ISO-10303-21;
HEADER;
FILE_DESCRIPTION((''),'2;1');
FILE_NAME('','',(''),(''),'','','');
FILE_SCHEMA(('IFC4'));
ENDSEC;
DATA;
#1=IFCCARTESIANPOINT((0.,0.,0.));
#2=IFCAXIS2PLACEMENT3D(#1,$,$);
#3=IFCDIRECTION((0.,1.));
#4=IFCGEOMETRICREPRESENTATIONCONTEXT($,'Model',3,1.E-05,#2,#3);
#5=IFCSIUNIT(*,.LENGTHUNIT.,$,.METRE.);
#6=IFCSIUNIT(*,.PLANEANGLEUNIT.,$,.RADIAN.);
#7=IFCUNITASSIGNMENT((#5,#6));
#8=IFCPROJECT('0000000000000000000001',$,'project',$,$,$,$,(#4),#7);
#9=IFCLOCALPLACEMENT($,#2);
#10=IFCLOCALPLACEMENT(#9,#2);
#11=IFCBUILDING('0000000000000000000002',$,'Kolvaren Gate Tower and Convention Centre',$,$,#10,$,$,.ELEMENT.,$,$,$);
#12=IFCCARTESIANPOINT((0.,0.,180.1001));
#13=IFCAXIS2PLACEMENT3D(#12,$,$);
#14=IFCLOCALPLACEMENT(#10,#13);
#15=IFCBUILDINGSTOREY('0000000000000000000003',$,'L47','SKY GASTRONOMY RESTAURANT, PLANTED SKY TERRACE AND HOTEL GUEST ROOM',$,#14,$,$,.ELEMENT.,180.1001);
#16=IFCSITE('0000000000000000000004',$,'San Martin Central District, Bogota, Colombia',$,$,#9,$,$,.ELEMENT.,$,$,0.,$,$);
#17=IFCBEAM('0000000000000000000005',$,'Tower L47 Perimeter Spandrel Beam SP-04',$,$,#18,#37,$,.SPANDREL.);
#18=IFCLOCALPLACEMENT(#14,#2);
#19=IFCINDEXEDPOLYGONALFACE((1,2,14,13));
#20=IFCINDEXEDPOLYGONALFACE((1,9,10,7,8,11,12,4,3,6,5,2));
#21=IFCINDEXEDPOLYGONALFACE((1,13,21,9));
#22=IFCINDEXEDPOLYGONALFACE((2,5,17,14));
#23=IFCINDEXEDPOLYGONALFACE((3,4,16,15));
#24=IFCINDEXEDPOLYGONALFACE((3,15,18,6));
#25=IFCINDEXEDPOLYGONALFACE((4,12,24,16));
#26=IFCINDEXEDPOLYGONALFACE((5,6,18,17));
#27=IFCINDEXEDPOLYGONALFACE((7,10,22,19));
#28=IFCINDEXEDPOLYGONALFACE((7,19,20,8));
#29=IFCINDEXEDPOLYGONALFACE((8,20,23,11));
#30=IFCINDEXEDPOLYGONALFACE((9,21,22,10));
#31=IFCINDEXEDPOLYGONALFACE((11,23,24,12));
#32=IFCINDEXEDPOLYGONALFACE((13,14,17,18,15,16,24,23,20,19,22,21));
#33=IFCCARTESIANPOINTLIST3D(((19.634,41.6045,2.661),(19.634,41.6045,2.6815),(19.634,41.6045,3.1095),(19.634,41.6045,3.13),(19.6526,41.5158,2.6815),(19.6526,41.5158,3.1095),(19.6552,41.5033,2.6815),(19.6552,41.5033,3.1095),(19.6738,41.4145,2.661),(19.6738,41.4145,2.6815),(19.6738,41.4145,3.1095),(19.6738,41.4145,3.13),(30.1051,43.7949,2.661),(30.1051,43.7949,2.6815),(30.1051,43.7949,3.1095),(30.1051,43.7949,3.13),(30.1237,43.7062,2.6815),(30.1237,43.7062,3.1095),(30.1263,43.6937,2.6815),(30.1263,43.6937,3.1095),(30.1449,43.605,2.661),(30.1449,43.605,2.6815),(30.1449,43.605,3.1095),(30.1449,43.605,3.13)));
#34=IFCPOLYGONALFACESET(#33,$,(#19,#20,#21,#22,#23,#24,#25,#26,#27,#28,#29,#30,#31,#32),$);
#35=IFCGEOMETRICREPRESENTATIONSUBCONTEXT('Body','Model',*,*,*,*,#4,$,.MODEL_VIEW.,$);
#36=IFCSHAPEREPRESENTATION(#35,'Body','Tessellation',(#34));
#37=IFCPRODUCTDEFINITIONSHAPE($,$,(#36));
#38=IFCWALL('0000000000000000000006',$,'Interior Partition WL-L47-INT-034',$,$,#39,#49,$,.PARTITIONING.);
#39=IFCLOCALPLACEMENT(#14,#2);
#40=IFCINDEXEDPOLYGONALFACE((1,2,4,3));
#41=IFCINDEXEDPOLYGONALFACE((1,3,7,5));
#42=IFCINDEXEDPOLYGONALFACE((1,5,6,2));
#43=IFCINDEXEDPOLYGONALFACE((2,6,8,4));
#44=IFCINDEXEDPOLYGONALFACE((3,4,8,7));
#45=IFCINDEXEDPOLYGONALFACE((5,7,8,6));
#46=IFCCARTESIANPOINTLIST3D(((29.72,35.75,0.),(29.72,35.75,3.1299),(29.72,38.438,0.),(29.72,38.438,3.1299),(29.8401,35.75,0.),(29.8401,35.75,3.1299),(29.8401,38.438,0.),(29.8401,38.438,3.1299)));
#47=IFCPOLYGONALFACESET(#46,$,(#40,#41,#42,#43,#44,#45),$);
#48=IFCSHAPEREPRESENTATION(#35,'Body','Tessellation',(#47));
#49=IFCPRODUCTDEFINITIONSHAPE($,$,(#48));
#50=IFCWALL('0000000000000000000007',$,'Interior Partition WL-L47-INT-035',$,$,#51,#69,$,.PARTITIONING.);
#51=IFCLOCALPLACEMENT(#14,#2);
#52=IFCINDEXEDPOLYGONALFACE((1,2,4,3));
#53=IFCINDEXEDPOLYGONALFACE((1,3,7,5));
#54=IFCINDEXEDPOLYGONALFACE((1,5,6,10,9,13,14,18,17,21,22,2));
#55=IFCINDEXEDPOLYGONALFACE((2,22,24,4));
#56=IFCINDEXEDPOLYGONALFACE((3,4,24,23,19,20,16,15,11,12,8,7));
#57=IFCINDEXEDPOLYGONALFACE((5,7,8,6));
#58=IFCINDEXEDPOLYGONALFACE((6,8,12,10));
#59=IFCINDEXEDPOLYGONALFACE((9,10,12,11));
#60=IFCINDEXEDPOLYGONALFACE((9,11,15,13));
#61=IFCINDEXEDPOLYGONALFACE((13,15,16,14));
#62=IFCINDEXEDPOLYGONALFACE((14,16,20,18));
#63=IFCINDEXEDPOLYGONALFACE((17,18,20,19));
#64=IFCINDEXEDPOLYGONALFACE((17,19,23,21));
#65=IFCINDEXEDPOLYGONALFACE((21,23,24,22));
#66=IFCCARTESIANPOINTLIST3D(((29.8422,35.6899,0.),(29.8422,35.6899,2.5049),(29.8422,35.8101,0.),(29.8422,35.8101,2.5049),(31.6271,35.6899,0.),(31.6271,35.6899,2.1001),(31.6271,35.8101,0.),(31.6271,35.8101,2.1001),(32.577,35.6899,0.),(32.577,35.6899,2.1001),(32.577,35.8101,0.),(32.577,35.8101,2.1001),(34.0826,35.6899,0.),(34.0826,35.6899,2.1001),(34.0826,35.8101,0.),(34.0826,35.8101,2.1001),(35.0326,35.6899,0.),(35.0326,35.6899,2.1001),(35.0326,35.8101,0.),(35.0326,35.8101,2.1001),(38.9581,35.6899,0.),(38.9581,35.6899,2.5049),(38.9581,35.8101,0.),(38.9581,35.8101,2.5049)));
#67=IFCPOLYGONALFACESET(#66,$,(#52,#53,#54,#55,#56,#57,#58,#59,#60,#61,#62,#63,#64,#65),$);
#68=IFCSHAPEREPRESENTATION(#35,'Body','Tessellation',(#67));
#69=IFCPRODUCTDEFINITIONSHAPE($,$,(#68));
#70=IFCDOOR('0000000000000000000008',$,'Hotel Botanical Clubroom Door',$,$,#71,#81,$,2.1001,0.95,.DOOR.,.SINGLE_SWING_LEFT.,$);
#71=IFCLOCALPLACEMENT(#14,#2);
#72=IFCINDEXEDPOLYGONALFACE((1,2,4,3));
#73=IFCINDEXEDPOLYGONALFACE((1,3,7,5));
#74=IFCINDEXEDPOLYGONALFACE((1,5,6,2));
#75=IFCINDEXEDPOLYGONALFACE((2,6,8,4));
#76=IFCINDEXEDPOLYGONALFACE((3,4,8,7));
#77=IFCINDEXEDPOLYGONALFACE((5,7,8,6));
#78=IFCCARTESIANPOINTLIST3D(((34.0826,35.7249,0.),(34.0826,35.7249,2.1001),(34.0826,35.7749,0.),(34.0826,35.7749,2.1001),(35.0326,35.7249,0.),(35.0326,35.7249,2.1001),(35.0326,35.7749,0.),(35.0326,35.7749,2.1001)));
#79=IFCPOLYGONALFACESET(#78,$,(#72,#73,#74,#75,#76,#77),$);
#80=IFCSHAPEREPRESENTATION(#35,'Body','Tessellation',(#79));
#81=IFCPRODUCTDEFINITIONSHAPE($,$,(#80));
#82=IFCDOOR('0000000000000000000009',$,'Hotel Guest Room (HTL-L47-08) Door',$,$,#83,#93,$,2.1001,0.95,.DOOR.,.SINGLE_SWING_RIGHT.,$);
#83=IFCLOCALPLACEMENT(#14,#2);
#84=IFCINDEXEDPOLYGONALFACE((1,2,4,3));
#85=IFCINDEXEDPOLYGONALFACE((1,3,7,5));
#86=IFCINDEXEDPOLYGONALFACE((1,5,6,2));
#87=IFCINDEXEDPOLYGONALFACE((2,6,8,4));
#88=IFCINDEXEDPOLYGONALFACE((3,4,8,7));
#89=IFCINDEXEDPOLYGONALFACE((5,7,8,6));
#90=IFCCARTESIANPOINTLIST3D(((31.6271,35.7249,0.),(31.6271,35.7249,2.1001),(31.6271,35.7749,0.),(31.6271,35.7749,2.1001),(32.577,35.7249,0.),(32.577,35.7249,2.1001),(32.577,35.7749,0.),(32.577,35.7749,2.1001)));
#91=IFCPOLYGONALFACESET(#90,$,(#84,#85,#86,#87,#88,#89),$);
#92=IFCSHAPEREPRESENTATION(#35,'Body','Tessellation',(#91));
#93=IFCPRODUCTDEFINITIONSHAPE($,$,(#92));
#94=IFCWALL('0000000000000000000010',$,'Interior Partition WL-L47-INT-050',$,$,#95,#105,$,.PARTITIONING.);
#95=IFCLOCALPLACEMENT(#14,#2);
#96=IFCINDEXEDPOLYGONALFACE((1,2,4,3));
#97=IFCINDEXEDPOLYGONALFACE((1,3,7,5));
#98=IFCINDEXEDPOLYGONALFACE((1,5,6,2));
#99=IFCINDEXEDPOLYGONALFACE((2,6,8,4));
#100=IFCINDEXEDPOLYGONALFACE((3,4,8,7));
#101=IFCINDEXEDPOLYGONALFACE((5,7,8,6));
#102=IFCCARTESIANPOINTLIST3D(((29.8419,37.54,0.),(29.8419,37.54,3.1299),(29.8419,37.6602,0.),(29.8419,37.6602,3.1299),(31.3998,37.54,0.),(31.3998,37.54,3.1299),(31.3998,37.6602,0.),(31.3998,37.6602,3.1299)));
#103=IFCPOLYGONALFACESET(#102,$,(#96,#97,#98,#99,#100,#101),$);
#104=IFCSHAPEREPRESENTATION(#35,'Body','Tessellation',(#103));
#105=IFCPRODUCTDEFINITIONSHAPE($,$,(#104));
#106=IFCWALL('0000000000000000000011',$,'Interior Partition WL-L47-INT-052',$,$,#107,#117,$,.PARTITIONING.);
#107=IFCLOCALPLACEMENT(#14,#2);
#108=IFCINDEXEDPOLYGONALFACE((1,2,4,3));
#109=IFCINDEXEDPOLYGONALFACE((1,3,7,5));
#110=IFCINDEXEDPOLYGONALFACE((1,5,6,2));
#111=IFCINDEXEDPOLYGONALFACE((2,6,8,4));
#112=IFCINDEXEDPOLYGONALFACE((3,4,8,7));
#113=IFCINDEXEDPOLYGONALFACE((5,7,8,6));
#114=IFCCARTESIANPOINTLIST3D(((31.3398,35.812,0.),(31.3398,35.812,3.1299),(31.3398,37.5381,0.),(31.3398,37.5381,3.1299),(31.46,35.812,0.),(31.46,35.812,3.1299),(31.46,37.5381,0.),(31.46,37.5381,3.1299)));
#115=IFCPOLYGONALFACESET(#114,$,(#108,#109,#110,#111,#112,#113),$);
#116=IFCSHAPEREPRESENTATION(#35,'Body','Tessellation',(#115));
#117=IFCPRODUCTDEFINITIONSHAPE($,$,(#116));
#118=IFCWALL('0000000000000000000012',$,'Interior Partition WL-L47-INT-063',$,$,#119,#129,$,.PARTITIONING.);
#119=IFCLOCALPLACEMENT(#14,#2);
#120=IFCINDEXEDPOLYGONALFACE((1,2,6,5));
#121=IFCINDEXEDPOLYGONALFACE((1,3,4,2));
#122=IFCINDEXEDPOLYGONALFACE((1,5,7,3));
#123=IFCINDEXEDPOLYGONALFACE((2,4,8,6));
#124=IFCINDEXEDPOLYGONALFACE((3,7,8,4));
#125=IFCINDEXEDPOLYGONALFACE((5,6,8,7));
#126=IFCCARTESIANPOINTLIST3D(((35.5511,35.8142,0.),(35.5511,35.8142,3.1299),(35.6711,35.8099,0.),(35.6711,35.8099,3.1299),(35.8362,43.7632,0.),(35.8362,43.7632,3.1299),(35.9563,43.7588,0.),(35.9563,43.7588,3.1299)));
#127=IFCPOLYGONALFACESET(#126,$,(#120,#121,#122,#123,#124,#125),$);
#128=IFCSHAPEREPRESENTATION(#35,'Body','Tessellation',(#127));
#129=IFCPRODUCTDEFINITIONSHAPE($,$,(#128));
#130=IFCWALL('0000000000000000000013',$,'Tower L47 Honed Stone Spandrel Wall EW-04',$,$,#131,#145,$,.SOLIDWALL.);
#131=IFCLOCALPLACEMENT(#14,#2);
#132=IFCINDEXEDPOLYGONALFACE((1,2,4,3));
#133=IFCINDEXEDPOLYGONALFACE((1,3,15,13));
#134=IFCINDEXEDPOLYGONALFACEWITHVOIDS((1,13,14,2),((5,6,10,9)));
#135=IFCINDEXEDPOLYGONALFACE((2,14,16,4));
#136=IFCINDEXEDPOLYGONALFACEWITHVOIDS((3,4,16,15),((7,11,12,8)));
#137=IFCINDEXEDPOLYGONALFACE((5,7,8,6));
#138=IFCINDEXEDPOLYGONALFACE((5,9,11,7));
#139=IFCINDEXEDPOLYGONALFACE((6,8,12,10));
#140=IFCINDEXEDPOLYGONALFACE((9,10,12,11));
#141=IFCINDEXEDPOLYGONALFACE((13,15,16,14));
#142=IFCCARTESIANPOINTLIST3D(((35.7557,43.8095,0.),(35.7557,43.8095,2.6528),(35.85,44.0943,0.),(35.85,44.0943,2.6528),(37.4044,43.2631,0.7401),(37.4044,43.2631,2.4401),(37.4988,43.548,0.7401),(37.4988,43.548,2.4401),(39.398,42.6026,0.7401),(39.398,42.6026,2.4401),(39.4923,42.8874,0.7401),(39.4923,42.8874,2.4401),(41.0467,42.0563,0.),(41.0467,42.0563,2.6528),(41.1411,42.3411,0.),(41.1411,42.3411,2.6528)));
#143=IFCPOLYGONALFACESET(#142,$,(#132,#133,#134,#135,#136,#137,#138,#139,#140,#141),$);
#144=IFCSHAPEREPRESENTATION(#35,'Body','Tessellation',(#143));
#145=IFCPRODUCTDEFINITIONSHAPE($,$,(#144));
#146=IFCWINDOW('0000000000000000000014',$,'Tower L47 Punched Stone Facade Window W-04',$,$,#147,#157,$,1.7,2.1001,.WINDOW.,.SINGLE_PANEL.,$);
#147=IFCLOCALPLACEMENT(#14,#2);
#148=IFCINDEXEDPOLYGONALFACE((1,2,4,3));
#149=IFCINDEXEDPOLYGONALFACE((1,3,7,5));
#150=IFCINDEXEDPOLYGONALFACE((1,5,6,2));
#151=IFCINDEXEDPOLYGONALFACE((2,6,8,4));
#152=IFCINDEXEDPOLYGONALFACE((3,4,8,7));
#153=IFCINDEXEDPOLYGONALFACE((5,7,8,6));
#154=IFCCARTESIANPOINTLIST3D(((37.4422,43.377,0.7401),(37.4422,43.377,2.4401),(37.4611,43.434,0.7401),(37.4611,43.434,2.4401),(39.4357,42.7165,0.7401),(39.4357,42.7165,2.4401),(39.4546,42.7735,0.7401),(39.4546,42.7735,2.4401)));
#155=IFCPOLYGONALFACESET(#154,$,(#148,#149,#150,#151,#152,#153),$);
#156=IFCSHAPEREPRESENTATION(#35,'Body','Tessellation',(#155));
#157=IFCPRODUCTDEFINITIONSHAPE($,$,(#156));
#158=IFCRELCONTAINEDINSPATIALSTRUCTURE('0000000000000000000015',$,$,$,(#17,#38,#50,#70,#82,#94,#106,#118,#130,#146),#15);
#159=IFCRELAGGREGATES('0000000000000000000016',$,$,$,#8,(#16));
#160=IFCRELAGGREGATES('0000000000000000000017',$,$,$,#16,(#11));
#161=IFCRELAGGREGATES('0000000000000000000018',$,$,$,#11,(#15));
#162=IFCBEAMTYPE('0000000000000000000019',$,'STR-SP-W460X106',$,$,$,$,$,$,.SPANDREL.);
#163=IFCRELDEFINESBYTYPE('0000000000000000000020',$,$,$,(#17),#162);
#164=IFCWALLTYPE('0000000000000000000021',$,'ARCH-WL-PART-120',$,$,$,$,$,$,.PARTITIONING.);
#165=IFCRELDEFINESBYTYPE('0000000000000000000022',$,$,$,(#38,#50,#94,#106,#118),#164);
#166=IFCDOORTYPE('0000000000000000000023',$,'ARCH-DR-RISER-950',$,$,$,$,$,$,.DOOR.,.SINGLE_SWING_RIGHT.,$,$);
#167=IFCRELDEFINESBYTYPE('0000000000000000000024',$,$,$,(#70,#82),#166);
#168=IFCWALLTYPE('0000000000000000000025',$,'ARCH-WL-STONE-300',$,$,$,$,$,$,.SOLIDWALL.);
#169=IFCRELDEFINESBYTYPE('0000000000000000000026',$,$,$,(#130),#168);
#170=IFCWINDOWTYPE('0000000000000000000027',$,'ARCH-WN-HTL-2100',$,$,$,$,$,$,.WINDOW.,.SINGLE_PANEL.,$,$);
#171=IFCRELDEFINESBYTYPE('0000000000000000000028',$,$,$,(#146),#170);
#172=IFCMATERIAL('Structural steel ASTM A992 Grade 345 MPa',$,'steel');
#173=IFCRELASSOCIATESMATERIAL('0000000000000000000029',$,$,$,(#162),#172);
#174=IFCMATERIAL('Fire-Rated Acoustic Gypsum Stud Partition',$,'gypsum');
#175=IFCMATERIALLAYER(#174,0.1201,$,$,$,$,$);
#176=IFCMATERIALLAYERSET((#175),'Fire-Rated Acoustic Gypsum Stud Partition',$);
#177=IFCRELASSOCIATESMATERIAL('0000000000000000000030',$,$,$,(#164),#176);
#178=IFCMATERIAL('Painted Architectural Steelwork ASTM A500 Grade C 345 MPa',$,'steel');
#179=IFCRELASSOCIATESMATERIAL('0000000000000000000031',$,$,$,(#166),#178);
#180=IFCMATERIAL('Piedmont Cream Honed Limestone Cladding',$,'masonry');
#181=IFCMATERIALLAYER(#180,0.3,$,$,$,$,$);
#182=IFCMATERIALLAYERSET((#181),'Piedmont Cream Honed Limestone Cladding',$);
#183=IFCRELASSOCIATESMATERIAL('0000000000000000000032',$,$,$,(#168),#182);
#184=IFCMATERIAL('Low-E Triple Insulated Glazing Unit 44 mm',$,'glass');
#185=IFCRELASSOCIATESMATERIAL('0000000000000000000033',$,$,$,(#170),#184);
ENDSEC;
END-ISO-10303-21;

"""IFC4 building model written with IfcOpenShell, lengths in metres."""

from ifc_helpers import new_model, si_unit, direction, frame, frame_2d, origin, origin_2d, place, context, subcontext, project, spatial, rectangle, i_section, extrude, material, layer, layer_set, material_profile, profile_set, type_object, element, fill, save


model = new_model("IFC4")

# Units and contexts
model_context = context("Model", 3, precision=1e-05, world=origin(), true_north=direction((0.0, 1.0)))
body_context = subcontext(model_context, "Body", "Model", "MODEL_VIEW")
ifc_project = project(units=[si_unit("LENGTHUNIT", "METRE"), si_unit("PLANEANGLEUNIT", "RADIAN")], contexts=[model_context])

# Site, building, storey
site_placement = place(None, origin())
site = spatial("IfcSite", under=ifc_project, at=site_placement, Name="San Martin Central District, Bogota, Colombia", CompositionType="ELEMENT", RefElevation=0.0)
building_placement = place(site_placement, origin())
building = spatial("IfcBuilding", under=site, at=building_placement, Name="Kolvaren Gate Tower and Convention Centre", CompositionType="ELEMENT")
storey_placement = place(building_placement, frame((0.0, 0.0, 180.1001)))
storey = spatial("IfcBuildingStorey", under=building, at=storey_placement, Name="L47", Description="SKY GASTRONOMY RESTAURANT, PLANTED SKY TERRACE AND HOTEL GUEST ROOM", CompositionType="ELEMENT", Elevation=180.1001)

# Beam
ifc_material_1 = material(Name="Structural steel ASTM A992 Grade 345 MPa", Category="steel")
ifc_material_profile_1 = material_profile(ifc_material_1, i_section(OverallWidth=0.1941, OverallDepth=0.469, WebThickness=0.0127, FlangeThickness=0.0205, at=origin_2d()), Name="W460X106")
ifc_profile_set_1 = profile_set([ifc_material_profile_1], Name="Structural steel ASTM A992 Grade 345 MPa")
beam_type_1 = type_object("IfcBeamType", Name="STR-SP-W460X106", PredefinedType="SPANDREL", material=ifc_profile_set_1)
beam_1_placement = place(storey_placement, frame((30.125, 43.7, 2.8955), z_axis=(-0.978813, -0.204754, 0.0), x_axis=(0.204754, -0.978813, 0.0)))
element("IfcBeam", 1, at=beam_1_placement, inside=storey, type_object=beam_type_1, Name="Tower L47 Perimeter Spandrel Beam SP-04", PredefinedType="SPANDREL", context=body_context, shape_type="SweptSolid", body=[
    extrude(i_section(OverallWidth=0.1941, OverallDepth=0.469, WebThickness=0.0127, FlangeThickness=0.0205, at=origin_2d()), origin(), (0.0, 0.0, 1.0), 10.6978),
])

# Wall
ifc_material_2 = material(Name="Fire-Rated Acoustic Gypsum Stud Partition", Category="gypsum")
ifc_layer_1 = layer(ifc_material_2, 0.1201)
ifc_layer_set_1 = layer_set([ifc_layer_1], Name="Fire-Rated Acoustic Gypsum Stud Partition")
wall_type_1 = type_object("IfcWallType", Name="ARCH-WL-PART-120", PredefinedType="PARTITIONING", material=ifc_layer_set_1)
wall_1_placement = place(storey_placement, frame((29.78, 35.75, 0.0), z_axis=(0.0, 0.0, 1.0), x_axis=(0.0, 1.0, 0.0)))
element("IfcWall", 2, at=wall_1_placement, inside=storey, type_object=wall_type_1, Name="Interior Partition WL-L47-INT-034", PredefinedType="PARTITIONING", context=body_context, shape_type="SweptSolid", body=[
    extrude(rectangle(XDim=2.688, YDim=0.1201, at=frame_2d((1.344, 0.0))), origin(), (0.0, 0.0, 1.0), 3.1299),
])

# Wall, openings, doors
wall_2_placement = place(storey_placement, frame((29.842, 35.75, 0.0), z_axis=(0.0, 0.0, 1.0), x_axis=(1.0, 0.0, 0.0)))
wall_2 = element("IfcWall", 3, at=wall_2_placement, inside=storey, type_object=wall_type_1, Name="Interior Partition WL-L47-INT-035", PredefinedType="PARTITIONING", context=body_context, shape_type="SweptSolid", body=[
    extrude(rectangle(XDim=9.116, YDim=0.1201, at=frame_2d((4.5581, 0.0))), origin(), (0.0, 0.0, 1.0), 2.5049),
])
opening_1_placement = place(wall_2_placement, frame((4.2405, 0.0, 0.0)))
opening_1 = element("IfcOpeningElement", 4, at=opening_1_placement, cuts=wall_2, PredefinedType="OPENING", context=body_context, shape_type="SweptSolid", body=[
    extrude(rectangle(XDim=0.95, YDim=2.1001, at=frame_2d((0.4751, 1.05))), frame((0.0, 0.0701, 0.0), z_axis=(0.0, -1.0, 0.0), x_axis=(1.0, 0.0, 0.0)), (0.0, 0.0, 1.0), 0.1401),
])
opening_2_placement = place(wall_2_placement, frame((1.7849, 0.0, 0.0)))
opening_2 = element("IfcOpeningElement", 5, at=opening_2_placement, cuts=wall_2, PredefinedType="OPENING", context=body_context, shape_type="SweptSolid", body=[
    extrude(rectangle(XDim=0.95, YDim=2.1001, at=frame_2d((0.4751, 1.05))), frame((0.0, 0.0701, 0.0), z_axis=(0.0, -1.0, 0.0), x_axis=(1.0, 0.0, 0.0)), (0.0, 0.0, 1.0), 0.1401),
])
ifc_material_3 = material(Name="Painted Architectural Steelwork ASTM A500 Grade C 345 MPa", Category="steel")
door_type = type_object("IfcDoorType", Name="ARCH-DR-RISER-950", OperationType="SINGLE_SWING_RIGHT", PredefinedType="DOOR", material=ifc_material_3)
door_1_placement = place(opening_1_placement, origin())
door_1 = element("IfcDoor", 6, at=door_1_placement, inside=storey, type_object=door_type, Name="Hotel Botanical Clubroom Door", OperationType="SINGLE_SWING_LEFT", OverallHeight=2.1001, OverallWidth=0.95, PredefinedType="DOOR", context=body_context, shape_type="SweptSolid", body=[
    extrude(rectangle(XDim=0.95, YDim=2.1001, at=frame_2d((0.4751, 1.05))), frame((0.0, 0.0249, 0.0), z_axis=(0.0, -1.0, 0.0), x_axis=(1.0, 0.0, 0.0)), (0.0, 0.0, 1.0), 0.05),
])
fill(opening_1, door_1)
door_2_placement = place(opening_2_placement, origin())
door_2 = element("IfcDoor", 7, at=door_2_placement, inside=storey, type_object=door_type, Name="Hotel Guest Room (HTL-L47-08) Door", OperationType="SINGLE_SWING_RIGHT", OverallHeight=2.1001, OverallWidth=0.95, PredefinedType="DOOR", context=body_context, shape_type="SweptSolid", body=[
    extrude(rectangle(XDim=0.95, YDim=2.1001, at=frame_2d((0.4751, 1.05))), frame((0.0, 0.0249, 0.0), z_axis=(0.0, -1.0, 0.0), x_axis=(1.0, 0.0, 0.0)), (0.0, 0.0, 1.0), 0.05),
])
fill(opening_2, door_2)

# Walls
wall_3_placement = place(storey_placement, frame((29.842, 37.6001, 0.0), z_axis=(0.0, 0.0, 1.0), x_axis=(1.0, 0.0, 0.0)))
element("IfcWall", 8, at=wall_3_placement, inside=storey, type_object=wall_type_1, Name="Interior Partition WL-L47-INT-050", PredefinedType="PARTITIONING", context=body_context, shape_type="SweptSolid", body=[
    extrude(rectangle(XDim=1.5579, YDim=0.1201, at=frame_2d((0.7788, 0.0))), origin(), (0.0, 0.0, 1.0), 3.1299),
])
wall_4_placement = place(storey_placement, frame((31.3999, 35.812, 0.0), z_axis=(0.0, 0.0, 1.0), x_axis=(0.0, 1.0, 0.0)))
element("IfcWall", 9, at=wall_4_placement, inside=storey, type_object=wall_type_1, Name="Interior Partition WL-L47-INT-052", PredefinedType="PARTITIONING", context=body_context, shape_type="SweptSolid", body=[
    extrude(rectangle(XDim=1.7261, YDim=0.1201, at=frame_2d((0.863, 0.0))), origin(), (0.0, 0.0, 1.0), 3.1299),
])
wall_5_placement = place(storey_placement, frame((35.6111, 35.812, 0.0), z_axis=(0.0, 0.0, 1.0), x_axis=(0.03585, 0.999357, 0.0)))
element("IfcWall", 10, at=wall_5_placement, inside=storey, type_object=wall_type_1, Name="Interior Partition WL-L47-INT-063", PredefinedType="PARTITIONING", context=body_context, shape_type="SweptSolid", body=[
    extrude(rectangle(XDim=7.9541, YDim=0.1201, at=frame_2d((3.9771, 0.0))), origin(), (0.0, 0.0, 1.0), 3.1299),
])

# Wall, opening, window
ifc_material_4 = material(Name="Piedmont Cream Honed Limestone Cladding", Category="masonry")
ifc_layer_2 = layer(ifc_material_4, 0.3)
ifc_layer_set_2 = layer_set([ifc_layer_2], Name="Piedmont Cream Honed Limestone Cladding")
wall_type_2 = type_object("IfcWallType", Name="ARCH-WL-STONE-300", PredefinedType="SOLIDWALL", material=ifc_layer_set_2)
wall_6_placement = place(storey_placement, frame((35.8027, 43.9519, 0.0), z_axis=(0.0, 0.0, 1.0), x_axis=(0.949247, -0.314532, 0.0)))
wall_6 = element("IfcWall", 11, at=wall_6_placement, inside=storey, type_object=wall_type_2, Name="Tower L47 Honed Stone Spandrel Wall EW-04", PredefinedType="SOLIDWALL", context=body_context, shape_type="SweptSolid", body=[
    extrude(rectangle(XDim=5.574, YDim=0.3, at=frame_2d((2.7871, 0.0))), origin(), (0.0, 0.0, 1.0), 2.6528),
])
opening_3_placement = place(wall_6_placement, frame((1.7371, 0.0, 0.74)))
opening_3 = element("IfcOpeningElement", 12, at=opening_3_placement, cuts=wall_6, PredefinedType="OPENING", context=body_context, shape_type="SweptSolid", body=[
    extrude(rectangle(XDim=2.1001, YDim=1.7, at=frame_2d((1.05, 0.8501))), frame((0.0, 0.1599, 0.0), z_axis=(0.0, -1.0, 0.0), x_axis=(1.0, 0.0, 0.0)), (0.0, 0.0, 1.0), 0.3201),
])
ifc_material_5 = material(Name="Low-E Triple Insulated Glazing Unit 44 mm", Category="glass")
window_type = type_object("IfcWindowType", Name="ARCH-WN-HTL-2100", PartitioningType="SINGLE_PANEL", PredefinedType="WINDOW", material=ifc_material_5)
window_1_placement = place(opening_3_placement, origin())
window_1 = element("IfcWindow", 13, at=window_1_placement, inside=storey, type_object=window_type, Name="Tower L47 Punched Stone Facade Window W-04", OverallHeight=1.7, OverallWidth=2.1001, PartitioningType="SINGLE_PANEL", PredefinedType="WINDOW", context=body_context, shape_type="SweptSolid", body=[
    extrude(rectangle(XDim=2.1001, YDim=1.7, at=frame_2d((1.05, 0.8501))), frame((0.0, 0.03, 0.0), z_axis=(0.0, -1.0, 0.0), x_axis=(1.0, 0.0, 0.0)), (0.0, 0.0, 1.0), 0.0601),
])
fill(opening_3, window_1)

save(model, "model.ifc")
